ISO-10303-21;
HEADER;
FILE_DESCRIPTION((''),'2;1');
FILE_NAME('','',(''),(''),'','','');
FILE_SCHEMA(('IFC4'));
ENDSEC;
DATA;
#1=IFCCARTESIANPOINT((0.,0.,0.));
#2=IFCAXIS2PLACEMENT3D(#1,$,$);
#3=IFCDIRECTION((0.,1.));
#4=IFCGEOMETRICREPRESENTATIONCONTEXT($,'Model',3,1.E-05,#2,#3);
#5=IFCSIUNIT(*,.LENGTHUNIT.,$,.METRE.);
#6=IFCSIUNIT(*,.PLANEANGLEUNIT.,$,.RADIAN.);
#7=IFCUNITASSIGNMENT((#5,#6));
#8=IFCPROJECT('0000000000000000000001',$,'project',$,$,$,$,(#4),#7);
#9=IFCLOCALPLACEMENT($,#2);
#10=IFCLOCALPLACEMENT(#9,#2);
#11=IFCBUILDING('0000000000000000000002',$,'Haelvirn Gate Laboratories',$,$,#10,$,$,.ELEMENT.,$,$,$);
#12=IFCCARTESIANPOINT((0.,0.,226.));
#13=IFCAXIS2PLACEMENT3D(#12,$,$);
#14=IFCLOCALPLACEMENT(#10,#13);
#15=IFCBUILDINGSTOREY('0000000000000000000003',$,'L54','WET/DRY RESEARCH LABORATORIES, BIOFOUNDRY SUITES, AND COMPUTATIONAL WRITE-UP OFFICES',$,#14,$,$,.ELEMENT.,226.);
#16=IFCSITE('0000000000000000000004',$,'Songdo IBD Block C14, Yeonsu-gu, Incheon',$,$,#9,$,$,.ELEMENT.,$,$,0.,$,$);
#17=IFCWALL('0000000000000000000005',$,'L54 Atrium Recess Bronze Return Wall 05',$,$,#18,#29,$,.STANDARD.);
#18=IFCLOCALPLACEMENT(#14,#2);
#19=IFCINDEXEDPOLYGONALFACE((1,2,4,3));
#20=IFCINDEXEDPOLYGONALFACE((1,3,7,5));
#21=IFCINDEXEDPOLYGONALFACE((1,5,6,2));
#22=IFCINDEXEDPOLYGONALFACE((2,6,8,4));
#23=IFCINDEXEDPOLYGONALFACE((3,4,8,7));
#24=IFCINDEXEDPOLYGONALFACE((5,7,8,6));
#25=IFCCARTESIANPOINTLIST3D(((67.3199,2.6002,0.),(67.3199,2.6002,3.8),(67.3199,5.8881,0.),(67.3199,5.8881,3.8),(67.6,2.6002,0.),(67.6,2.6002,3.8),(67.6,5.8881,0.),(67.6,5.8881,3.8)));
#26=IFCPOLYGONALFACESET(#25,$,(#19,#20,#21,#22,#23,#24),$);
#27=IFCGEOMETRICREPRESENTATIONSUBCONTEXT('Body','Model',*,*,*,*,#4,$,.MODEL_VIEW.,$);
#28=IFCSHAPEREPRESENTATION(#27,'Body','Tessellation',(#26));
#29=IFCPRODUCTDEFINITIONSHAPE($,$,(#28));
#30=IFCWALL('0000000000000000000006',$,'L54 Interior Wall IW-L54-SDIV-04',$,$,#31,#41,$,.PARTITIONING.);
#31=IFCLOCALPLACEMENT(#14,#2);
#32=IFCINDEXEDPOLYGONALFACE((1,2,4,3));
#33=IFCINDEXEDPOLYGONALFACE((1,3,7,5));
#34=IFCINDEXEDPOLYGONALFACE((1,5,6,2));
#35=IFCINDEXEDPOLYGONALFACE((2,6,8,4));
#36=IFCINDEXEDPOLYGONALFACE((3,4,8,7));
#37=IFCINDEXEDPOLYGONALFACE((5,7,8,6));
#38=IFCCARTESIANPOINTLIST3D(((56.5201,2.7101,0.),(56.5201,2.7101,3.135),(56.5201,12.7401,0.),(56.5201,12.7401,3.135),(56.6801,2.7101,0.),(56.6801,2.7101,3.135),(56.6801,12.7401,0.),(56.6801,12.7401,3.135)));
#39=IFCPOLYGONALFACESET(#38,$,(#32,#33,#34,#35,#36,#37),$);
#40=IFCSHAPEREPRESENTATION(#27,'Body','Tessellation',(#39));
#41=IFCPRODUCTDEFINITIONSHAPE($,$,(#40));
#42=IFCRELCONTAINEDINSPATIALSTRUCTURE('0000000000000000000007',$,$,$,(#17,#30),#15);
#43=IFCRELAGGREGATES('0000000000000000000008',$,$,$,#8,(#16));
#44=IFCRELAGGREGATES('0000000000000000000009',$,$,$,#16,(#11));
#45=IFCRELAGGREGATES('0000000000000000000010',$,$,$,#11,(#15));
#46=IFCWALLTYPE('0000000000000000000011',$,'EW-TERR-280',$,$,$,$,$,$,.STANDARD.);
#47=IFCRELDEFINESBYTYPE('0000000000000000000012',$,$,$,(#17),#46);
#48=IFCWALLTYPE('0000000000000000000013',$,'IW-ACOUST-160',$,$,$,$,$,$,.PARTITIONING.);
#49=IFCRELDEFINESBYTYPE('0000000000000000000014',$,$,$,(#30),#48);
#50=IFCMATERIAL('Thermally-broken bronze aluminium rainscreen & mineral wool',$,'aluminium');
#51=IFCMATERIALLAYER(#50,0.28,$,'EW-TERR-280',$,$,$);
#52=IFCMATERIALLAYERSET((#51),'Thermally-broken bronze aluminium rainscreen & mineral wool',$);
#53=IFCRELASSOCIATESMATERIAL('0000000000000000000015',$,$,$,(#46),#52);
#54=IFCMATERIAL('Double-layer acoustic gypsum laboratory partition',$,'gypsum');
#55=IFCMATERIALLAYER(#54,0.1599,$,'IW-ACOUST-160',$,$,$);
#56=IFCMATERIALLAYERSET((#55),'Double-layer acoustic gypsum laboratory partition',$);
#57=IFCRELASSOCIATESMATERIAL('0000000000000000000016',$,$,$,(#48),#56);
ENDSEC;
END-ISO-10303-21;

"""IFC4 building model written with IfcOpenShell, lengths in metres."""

from ifc_helpers import new_model, si_unit, direction, frame, frame_2d, origin, place, context, subcontext, project, spatial, rectangle, extrude, material, layer, layer_set, type_object, element, save


model = new_model("IFC4")

# Units and contexts
model_context = context("Model", 3, precision=1e-05, world=origin(), true_north=direction((0.0, 1.0)))
body_context = subcontext(model_context, "Body", "Model", "MODEL_VIEW")
ifc_project = project(units=[si_unit("LENGTHUNIT", "METRE"), si_unit("PLANEANGLEUNIT", "RADIAN")], contexts=[model_context])

# Site, building, storey
site_placement = place(None, origin())
site = spatial("IfcSite", under=ifc_project, at=site_placement, Name="Songdo IBD Block C14, Yeonsu-gu, Incheon", CompositionType="ELEMENT", RefElevation=0.0)
building_placement = place(site_placement, origin())
building = spatial("IfcBuilding", under=site, at=building_placement, Name="Haelvirn Gate Laboratories", CompositionType="ELEMENT")
storey_placement = place(building_placement, frame((0.0, 0.0, 226.0)))
storey = spatial("IfcBuildingStorey", under=building, at=storey_placement, Name="L54", Description="WET/DRY RESEARCH LABORATORIES, BIOFOUNDRY SUITES, AND COMPUTATIONAL WRITE-UP OFFICES", CompositionType="ELEMENT", Elevation=226.0)

# Walls
ifc_material_1 = material(Name="Thermally-broken bronze aluminium rainscreen & mineral wool", Category="aluminium")
ifc_layer_1 = layer(ifc_material_1, 0.28, Name="EW-TERR-280")
ifc_layer_set_1 = layer_set([ifc_layer_1], Name="Thermally-broken bronze aluminium rainscreen & mineral wool")
wall_type_1 = type_object("IfcWallType", Name="EW-TERR-280", PredefinedType="STANDARD", material=ifc_layer_set_1)
wall_1_placement = place(storey_placement, frame((67.46, 2.6001, 0.0), z_axis=(0.0, 0.0, 1.0), x_axis=(0.0, 1.0, 0.0)))
element("IfcWall", 1, at=wall_1_placement, inside=storey, type_object=wall_type_1, Name="L54 Atrium Recess Bronze Return Wall 05", PredefinedType="STANDARD", context=body_context, shape_type="SweptSolid", body=[
    extrude(rectangle(XDim=3.2878, YDim=0.28, at=frame_2d((1.644, 0.0))), origin(), (0.0, 0.0, 1.0), 3.8),
])
ifc_material_2 = material(Name="Double-layer acoustic gypsum laboratory partition", Category="gypsum")
ifc_layer_2 = layer(ifc_material_2, 0.1599, Name="IW-ACOUST-160")
ifc_layer_set_2 = layer_set([ifc_layer_2], Name="Double-layer acoustic gypsum laboratory partition")
wall_type_2 = type_object("IfcWallType", Name="IW-ACOUST-160", PredefinedType="PARTITIONING", material=ifc_layer_set_2)
wall_2_placement = place(storey_placement, frame((56.6001, 2.71, 0.0), z_axis=(0.0, 0.0, 1.0), x_axis=(0.0, 1.0, 0.0)))
element("IfcWall", 2, at=wall_2_placement, inside=storey, type_object=wall_type_2, Name="L54 Interior Wall IW-L54-SDIV-04", PredefinedType="PARTITIONING", context=body_context, shape_type="SweptSolid", body=[
    extrude(rectangle(XDim=10.03, YDim=0.1599, at=frame_2d((5.0151, 0.0))), origin(), (0.0, 0.0, 1.0), 3.135),
])

save(model, "model.ifc")
